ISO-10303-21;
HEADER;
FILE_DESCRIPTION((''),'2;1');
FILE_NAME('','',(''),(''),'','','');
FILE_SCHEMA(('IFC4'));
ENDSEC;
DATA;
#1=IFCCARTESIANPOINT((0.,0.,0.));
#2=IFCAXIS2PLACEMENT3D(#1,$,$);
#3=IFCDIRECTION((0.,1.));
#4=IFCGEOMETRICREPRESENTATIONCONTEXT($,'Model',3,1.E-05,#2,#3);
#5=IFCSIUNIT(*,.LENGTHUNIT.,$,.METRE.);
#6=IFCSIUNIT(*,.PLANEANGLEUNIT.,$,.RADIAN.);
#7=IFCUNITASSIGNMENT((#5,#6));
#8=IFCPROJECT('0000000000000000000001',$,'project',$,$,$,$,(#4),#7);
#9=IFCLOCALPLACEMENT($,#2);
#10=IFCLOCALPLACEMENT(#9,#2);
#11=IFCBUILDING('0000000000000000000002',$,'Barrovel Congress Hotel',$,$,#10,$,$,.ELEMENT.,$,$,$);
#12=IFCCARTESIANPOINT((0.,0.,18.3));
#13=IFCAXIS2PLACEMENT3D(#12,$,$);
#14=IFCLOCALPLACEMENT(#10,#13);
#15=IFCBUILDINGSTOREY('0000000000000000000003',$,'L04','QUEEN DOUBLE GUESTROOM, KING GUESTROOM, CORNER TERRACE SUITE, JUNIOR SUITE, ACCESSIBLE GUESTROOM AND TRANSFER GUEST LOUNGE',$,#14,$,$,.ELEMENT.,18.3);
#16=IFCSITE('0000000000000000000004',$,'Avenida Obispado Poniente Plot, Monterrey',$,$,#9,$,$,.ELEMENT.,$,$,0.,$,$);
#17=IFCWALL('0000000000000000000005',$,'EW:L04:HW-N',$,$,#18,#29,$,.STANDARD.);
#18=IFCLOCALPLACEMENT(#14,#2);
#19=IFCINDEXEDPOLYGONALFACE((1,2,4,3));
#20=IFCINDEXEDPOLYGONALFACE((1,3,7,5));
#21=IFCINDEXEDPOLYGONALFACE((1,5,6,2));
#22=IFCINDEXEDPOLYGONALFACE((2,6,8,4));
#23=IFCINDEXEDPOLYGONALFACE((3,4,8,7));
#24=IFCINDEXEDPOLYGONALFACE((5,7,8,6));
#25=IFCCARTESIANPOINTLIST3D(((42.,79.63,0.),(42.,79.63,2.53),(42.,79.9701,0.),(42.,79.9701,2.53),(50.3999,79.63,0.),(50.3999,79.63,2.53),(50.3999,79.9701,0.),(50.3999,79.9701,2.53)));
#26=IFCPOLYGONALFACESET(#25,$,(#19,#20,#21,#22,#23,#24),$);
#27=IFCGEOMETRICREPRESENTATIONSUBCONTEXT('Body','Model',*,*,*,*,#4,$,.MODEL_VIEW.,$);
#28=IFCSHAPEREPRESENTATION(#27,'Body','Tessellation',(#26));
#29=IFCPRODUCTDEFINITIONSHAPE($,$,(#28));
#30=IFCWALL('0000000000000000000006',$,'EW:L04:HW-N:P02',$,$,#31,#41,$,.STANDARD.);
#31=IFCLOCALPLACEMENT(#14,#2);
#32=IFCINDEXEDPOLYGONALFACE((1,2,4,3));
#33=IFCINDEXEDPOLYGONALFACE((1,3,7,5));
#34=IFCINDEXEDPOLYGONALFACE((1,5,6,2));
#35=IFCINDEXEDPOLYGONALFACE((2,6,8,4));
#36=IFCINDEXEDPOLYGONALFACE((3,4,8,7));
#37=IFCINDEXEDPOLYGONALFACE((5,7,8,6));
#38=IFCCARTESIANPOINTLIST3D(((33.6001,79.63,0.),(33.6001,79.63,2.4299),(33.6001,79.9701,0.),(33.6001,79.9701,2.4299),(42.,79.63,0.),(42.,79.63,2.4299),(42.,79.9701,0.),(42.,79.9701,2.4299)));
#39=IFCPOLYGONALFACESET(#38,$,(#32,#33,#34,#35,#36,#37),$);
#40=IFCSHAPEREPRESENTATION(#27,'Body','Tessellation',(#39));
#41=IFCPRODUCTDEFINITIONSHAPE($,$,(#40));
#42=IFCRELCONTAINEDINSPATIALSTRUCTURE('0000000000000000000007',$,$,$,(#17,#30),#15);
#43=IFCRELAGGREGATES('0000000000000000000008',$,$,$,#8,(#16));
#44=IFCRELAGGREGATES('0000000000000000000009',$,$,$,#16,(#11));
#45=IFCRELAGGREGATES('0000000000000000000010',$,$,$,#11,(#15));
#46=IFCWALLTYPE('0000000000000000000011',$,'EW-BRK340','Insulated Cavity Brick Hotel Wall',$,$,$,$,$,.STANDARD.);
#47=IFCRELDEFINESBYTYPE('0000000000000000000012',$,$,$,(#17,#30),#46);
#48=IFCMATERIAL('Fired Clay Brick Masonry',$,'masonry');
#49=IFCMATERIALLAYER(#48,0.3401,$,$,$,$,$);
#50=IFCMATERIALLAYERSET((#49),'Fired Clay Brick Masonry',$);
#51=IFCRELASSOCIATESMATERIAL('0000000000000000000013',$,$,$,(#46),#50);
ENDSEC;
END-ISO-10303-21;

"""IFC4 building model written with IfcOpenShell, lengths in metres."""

from ifc_helpers import new_model, si_unit, direction, frame, frame_2d, origin, place, context, subcontext, project, spatial, rectangle, extrude, material, layer, layer_set, type_object, element, save


model = new_model("IFC4")

# Units and contexts
model_context = context("Model", 3, precision=1e-05, world=origin(), true_north=direction((0.0, 1.0)))
body_context = subcontext(model_context, "Body", "Model", "MODEL_VIEW")
ifc_project = project(units=[si_unit("LENGTHUNIT", "METRE"), si_unit("PLANEANGLEUNIT", "RADIAN")], contexts=[model_context])

# Site, building, storey
site_placement = place(None, origin())
site = spatial("IfcSite", under=ifc_project, at=site_placement, Name="Avenida Obispado Poniente Plot, Monterrey", CompositionType="ELEMENT", RefElevation=0.0)
building_placement = place(site_placement, origin())
building = spatial("IfcBuilding", under=site, at=building_placement, Name="Barrovel Congress Hotel", CompositionType="ELEMENT")
storey_placement = place(building_placement, frame((0.0, 0.0, 18.3)))
storey = spatial("IfcBuildingStorey", under=building, at=storey_placement, Name="L04", Description="QUEEN DOUBLE GUESTROOM, KING GUESTROOM, CORNER TERRACE SUITE, JUNIOR SUITE, ACCESSIBLE GUESTROOM AND TRANSFER GUEST LOUNGE", CompositionType="ELEMENT", Elevation=18.3)

# Walls
ifc_material_1 = material(Name="Fired Clay Brick Masonry", Category="masonry")
ifc_layer_1 = layer(ifc_material_1, 0.3401)
ifc_layer_set_1 = layer_set([ifc_layer_1], Name="Fired Clay Brick Masonry")
wall_type = type_object("IfcWallType", Name="EW-BRK340", Description="Insulated Cavity Brick Hotel Wall", PredefinedType="STANDARD", material=ifc_layer_set_1)
wall_1_placement = place(storey_placement, frame((50.3999, 79.8, 0.0), z_axis=(0.0, 0.0, 1.0), x_axis=(-1.0, 0.0, 0.0)))
element("IfcWall", 1, at=wall_1_placement, inside=storey, type_object=wall_type, Name="EW:L04:HW-N", PredefinedType="STANDARD", context=body_context, shape_type="SweptSolid", body=[
    extrude(rectangle(XDim=8.3999, YDim=0.3401, at=frame_2d((4.2, 0.0))), origin(), (0.0, 0.0, 1.0), 2.53),
])
wall_2_placement = place(storey_placement, frame((42.0, 79.8, 0.0), z_axis=(0.0, 0.0, 1.0), x_axis=(-1.0, 0.0, 0.0)))
element("IfcWall", 2, at=wall_2_placement, inside=storey, type_object=wall_type, Name="EW:L04:HW-N:P02", PredefinedType="STANDARD", context=body_context, shape_type="SweptSolid", body=[
    extrude(rectangle(XDim=8.3999, YDim=0.3401, at=frame_2d((4.2, 0.0))), origin(), (0.0, 0.0, 1.0), 2.4299),
])

save(model, "model.ifc")
